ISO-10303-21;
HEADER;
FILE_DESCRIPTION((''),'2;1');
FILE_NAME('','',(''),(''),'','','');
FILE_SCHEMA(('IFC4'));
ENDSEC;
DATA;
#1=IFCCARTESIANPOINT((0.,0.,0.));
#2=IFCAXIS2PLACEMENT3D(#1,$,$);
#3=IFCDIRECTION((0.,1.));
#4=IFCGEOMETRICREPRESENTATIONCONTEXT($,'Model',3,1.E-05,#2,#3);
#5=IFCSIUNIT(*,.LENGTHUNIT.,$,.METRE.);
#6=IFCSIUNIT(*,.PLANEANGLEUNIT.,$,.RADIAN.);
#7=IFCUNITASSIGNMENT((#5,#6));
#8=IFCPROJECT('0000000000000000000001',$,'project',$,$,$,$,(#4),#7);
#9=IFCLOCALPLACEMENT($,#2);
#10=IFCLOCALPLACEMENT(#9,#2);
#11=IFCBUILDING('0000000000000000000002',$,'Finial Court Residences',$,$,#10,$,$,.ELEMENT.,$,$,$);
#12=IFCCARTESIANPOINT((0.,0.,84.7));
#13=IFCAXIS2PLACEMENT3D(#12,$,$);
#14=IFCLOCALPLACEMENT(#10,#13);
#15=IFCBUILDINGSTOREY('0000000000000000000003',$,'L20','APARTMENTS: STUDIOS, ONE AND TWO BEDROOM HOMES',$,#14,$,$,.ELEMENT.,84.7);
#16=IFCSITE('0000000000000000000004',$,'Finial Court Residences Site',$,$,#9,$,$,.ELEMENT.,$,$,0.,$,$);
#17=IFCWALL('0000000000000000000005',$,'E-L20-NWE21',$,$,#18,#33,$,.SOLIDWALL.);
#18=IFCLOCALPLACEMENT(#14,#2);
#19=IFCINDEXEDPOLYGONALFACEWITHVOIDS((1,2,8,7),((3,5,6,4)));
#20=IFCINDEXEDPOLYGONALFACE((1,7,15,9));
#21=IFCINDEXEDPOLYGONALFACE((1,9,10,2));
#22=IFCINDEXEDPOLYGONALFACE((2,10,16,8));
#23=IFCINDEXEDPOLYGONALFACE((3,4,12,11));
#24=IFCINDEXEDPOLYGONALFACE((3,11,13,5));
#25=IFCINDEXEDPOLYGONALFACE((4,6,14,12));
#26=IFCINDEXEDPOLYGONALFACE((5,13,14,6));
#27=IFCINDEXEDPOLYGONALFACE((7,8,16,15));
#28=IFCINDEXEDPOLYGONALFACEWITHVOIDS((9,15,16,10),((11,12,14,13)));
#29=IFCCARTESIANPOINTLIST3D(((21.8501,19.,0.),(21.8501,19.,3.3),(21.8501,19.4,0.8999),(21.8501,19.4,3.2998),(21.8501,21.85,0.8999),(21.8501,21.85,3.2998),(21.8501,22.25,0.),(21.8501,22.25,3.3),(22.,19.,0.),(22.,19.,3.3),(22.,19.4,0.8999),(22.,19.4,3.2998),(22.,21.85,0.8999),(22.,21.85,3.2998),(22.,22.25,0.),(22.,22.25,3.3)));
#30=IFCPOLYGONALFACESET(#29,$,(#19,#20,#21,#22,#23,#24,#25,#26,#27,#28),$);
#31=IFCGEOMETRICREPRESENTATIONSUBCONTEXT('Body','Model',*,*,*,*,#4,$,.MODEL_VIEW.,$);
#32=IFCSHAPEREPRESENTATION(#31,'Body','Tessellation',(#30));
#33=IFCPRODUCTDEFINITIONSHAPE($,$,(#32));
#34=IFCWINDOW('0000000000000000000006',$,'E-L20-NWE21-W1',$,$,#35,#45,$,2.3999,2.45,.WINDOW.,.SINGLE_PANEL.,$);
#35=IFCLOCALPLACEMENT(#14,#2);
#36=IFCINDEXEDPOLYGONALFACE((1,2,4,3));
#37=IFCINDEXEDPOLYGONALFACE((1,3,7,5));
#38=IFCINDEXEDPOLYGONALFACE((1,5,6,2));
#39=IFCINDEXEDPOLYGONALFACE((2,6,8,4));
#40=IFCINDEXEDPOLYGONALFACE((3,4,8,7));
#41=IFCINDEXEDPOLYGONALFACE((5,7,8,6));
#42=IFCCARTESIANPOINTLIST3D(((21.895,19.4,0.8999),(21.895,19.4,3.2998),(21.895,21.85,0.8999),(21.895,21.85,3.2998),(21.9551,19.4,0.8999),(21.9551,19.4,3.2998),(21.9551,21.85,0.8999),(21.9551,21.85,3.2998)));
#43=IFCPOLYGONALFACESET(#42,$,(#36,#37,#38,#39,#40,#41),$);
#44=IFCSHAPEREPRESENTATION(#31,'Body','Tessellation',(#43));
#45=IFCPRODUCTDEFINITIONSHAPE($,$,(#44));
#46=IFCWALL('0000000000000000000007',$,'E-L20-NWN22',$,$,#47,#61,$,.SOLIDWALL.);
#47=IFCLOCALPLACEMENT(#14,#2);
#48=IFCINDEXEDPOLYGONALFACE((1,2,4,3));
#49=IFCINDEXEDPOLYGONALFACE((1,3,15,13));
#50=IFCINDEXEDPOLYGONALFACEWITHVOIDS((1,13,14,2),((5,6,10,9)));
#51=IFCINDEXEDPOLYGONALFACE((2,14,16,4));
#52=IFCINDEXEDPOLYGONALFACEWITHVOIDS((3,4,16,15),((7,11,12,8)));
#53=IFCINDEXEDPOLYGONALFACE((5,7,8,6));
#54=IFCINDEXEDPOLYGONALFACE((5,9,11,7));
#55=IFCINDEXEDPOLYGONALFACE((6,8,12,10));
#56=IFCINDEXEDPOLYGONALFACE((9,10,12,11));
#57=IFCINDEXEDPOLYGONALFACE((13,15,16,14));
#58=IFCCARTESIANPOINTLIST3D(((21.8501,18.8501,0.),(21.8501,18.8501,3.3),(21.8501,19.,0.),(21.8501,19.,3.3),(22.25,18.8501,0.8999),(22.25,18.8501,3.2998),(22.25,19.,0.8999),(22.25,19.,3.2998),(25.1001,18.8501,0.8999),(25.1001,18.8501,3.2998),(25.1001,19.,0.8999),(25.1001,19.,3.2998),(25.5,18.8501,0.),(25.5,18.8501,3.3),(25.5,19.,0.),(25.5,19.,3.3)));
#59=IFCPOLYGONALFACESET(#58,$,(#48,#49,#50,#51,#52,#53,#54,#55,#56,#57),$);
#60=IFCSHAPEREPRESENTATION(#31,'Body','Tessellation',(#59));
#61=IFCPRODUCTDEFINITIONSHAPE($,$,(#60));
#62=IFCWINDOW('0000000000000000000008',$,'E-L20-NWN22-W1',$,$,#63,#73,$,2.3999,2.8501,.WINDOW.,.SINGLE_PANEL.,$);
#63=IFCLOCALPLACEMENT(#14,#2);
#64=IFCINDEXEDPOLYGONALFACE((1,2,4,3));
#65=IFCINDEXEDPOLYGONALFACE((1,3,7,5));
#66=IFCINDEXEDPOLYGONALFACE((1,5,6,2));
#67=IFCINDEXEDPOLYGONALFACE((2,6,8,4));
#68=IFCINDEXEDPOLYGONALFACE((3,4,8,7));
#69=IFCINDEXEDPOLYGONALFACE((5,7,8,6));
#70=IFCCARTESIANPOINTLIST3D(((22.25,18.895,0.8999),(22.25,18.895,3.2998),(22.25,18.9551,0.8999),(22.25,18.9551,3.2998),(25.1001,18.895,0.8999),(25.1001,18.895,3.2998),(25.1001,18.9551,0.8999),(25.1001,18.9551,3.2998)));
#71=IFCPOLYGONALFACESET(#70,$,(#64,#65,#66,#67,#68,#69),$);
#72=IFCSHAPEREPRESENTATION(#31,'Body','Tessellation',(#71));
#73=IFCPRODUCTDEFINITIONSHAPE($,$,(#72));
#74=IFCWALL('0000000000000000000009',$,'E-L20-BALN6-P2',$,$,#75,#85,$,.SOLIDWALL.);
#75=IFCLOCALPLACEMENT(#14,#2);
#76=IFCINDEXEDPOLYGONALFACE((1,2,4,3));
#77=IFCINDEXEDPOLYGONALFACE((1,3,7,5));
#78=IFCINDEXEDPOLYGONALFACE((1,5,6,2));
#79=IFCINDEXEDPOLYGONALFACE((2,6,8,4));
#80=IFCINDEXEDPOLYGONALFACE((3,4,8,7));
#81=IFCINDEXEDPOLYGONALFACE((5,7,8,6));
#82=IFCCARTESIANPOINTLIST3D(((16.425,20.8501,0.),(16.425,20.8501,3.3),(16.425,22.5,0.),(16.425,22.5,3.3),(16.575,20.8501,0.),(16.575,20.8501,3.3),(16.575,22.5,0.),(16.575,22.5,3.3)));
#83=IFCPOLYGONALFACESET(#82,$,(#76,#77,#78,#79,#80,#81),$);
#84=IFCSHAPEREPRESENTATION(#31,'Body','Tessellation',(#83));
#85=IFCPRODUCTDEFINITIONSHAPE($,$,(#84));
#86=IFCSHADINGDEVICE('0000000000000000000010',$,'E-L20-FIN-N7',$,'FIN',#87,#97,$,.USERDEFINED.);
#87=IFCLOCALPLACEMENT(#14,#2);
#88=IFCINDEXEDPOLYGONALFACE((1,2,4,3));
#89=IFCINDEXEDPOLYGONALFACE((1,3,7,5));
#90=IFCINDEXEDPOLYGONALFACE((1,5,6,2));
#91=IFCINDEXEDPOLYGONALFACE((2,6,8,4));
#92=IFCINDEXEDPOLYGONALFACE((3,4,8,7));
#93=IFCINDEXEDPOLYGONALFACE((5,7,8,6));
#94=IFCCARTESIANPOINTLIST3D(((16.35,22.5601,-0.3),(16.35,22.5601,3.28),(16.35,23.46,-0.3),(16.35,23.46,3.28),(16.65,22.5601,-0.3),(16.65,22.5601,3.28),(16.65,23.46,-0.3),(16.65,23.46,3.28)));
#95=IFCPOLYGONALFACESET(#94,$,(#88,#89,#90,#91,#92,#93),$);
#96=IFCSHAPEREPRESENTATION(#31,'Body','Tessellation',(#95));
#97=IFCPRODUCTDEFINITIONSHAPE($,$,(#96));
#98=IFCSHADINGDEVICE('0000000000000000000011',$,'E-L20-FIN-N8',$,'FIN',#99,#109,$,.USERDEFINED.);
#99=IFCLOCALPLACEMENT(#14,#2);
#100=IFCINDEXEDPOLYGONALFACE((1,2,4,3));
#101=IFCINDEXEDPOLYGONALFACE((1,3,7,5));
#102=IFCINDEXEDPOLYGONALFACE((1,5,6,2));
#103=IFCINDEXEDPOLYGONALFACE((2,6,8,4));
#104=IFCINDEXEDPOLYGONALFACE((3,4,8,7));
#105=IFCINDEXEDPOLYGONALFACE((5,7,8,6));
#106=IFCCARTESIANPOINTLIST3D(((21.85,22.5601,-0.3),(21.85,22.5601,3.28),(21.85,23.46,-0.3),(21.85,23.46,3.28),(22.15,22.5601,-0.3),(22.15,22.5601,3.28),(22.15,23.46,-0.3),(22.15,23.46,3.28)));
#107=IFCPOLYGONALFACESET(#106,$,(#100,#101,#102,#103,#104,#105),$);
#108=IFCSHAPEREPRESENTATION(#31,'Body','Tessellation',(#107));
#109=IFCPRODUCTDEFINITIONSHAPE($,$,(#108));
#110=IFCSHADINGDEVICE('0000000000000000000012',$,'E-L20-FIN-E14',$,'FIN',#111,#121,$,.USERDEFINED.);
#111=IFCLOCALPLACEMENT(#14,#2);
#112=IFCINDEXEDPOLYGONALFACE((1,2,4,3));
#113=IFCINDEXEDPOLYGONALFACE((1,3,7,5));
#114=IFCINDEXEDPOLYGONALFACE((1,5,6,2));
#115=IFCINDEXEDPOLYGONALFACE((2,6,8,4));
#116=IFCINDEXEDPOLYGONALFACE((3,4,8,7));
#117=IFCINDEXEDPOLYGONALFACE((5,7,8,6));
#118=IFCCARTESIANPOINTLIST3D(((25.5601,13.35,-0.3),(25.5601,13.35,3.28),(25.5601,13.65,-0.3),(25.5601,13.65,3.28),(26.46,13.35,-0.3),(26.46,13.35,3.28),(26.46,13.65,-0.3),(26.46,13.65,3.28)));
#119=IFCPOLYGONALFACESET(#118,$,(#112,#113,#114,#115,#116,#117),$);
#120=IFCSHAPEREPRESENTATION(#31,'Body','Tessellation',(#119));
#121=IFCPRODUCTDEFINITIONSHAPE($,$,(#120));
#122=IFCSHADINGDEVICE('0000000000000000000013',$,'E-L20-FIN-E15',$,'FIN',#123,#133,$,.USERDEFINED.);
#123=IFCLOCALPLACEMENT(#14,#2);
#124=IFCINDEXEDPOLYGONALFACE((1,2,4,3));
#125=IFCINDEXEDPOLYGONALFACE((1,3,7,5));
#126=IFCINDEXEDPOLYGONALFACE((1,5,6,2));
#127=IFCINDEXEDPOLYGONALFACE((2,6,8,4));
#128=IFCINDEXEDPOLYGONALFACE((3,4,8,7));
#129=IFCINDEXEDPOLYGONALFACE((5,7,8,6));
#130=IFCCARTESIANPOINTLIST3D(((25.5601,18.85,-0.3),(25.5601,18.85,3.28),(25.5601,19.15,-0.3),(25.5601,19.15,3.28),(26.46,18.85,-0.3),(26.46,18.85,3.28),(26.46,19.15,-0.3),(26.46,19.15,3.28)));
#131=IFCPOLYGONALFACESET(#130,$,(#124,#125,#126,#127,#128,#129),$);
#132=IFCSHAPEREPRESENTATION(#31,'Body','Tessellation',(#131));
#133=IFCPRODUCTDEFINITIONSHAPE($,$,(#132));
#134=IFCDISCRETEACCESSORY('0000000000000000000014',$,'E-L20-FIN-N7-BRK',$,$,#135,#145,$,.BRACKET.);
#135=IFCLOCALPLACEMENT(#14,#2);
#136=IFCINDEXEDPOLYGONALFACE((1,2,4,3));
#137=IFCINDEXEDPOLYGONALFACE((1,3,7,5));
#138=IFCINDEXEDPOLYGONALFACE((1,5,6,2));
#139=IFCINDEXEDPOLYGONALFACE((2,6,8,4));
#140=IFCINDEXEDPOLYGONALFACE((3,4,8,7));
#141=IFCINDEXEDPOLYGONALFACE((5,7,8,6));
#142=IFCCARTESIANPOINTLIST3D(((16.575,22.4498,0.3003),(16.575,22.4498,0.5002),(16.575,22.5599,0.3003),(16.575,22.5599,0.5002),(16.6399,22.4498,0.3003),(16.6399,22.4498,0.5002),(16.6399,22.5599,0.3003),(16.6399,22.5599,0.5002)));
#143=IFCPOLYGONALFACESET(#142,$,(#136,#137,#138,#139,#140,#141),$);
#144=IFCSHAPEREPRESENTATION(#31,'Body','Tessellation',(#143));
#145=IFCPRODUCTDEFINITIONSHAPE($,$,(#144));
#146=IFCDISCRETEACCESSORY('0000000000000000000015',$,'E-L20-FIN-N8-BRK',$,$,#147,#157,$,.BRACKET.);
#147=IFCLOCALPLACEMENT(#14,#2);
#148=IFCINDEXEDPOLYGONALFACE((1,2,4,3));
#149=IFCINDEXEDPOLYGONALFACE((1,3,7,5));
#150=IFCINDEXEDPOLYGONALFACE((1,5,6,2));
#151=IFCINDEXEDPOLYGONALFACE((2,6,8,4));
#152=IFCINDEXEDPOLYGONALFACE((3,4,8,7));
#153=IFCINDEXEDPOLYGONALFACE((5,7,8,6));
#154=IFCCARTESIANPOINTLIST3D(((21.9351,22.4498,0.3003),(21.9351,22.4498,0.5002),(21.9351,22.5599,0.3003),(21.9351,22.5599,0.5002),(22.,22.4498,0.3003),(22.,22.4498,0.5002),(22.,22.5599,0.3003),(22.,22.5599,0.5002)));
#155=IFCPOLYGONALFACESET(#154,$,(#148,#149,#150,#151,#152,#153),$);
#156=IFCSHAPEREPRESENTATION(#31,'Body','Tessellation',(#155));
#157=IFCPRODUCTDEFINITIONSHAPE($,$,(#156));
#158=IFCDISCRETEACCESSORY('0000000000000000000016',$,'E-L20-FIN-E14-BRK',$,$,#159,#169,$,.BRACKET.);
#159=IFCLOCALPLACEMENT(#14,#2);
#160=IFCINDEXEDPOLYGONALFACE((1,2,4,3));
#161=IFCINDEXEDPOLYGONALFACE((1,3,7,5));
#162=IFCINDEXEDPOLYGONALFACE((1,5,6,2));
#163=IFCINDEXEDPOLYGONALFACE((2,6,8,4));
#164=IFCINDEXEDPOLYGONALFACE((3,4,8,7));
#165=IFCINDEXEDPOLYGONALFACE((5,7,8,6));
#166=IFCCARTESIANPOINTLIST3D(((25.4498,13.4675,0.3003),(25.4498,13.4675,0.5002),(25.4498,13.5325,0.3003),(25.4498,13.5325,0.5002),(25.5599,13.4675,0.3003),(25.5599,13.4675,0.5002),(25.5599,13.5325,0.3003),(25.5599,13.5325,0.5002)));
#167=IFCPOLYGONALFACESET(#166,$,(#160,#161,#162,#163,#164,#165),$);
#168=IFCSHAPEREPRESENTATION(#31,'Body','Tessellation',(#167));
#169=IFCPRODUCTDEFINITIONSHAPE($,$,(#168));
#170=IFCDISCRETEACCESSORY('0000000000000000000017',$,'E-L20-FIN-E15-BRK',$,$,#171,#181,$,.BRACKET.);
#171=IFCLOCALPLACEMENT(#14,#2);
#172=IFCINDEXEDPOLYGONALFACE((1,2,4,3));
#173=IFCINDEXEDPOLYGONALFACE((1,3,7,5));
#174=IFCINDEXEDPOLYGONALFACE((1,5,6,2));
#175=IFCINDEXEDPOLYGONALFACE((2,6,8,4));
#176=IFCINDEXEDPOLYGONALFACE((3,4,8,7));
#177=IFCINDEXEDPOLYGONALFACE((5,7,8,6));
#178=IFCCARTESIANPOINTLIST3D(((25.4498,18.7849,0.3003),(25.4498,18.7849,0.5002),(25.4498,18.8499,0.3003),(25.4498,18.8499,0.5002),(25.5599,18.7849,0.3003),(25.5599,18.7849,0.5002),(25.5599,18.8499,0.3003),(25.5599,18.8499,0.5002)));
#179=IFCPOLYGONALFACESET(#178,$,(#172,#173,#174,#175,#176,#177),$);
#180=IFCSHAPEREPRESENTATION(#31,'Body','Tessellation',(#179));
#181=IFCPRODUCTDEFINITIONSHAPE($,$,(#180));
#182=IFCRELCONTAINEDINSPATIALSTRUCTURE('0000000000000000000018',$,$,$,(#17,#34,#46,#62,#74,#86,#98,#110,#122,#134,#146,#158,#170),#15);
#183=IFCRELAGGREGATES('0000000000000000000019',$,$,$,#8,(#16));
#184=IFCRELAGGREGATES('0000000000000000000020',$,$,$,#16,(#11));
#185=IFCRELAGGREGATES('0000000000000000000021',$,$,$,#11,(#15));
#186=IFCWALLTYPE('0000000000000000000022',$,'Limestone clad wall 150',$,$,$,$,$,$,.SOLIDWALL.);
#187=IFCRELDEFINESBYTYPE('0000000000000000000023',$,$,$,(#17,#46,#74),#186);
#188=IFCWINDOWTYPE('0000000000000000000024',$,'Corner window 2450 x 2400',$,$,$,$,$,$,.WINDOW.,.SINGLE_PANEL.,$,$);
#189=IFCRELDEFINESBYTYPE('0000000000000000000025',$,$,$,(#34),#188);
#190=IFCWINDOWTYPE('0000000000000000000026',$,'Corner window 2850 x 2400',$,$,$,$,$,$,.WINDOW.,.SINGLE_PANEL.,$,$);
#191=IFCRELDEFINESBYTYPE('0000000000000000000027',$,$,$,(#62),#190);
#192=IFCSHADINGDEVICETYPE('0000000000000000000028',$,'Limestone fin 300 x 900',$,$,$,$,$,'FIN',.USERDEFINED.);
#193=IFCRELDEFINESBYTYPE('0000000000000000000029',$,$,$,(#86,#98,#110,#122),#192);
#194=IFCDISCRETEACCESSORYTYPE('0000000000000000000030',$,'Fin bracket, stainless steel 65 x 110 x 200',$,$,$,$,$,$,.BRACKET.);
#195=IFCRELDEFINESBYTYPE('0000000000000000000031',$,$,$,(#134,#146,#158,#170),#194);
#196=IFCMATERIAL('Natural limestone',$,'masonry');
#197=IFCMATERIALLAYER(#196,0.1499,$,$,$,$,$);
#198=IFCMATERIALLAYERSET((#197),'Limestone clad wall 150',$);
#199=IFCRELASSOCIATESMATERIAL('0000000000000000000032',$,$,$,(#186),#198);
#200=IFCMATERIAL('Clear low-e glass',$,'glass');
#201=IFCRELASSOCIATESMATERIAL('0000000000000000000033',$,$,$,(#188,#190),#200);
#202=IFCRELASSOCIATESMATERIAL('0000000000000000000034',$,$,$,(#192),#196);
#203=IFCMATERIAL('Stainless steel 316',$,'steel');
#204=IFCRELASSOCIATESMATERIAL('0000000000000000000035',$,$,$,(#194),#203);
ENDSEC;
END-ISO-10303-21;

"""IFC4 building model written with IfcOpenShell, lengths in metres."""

from ifc_helpers import new_model, si_unit, direction, frame, frame_2d, origin, origin_2d, place, context, subcontext, project, spatial, rectangle, extrude, material, layer, layer_set, type_object, element, fill, save


model = new_model("IFC4")

# Units and contexts
model_context = context("Model", 3, precision=1e-05, world=origin(), true_north=direction((0.0, 1.0)))
body_context = subcontext(model_context, "Body", "Model", "MODEL_VIEW")
ifc_project = project(units=[si_unit("LENGTHUNIT", "METRE"), si_unit("PLANEANGLEUNIT", "RADIAN")], contexts=[model_context])

# Site, building, storey
site_placement = place(None, origin())
site = spatial("IfcSite", under=ifc_project, at=site_placement, Name="Finial Court Residences Site", CompositionType="ELEMENT", RefElevation=0.0)
building_placement = place(site_placement, origin())
building = spatial("IfcBuilding", under=site, at=building_placement, Name="Finial Court Residences", CompositionType="ELEMENT")
storey_placement = place(building_placement, frame((0.0, 0.0, 84.7)))
storey = spatial("IfcBuildingStorey", under=building, at=storey_placement, Name="L20", Description="APARTMENTS: STUDIOS, ONE AND TWO BEDROOM HOMES", CompositionType="ELEMENT", Elevation=84.7)

# Shared definitions
ifc_material_1 = material(Name="Clear low-e glass", Category="glass")

# Walls, openings, windows
ifc_material_2 = material(Name="Natural limestone", Category="masonry")
ifc_layer_1 = layer(ifc_material_2, 0.1499)
ifc_layer_set_1 = layer_set([ifc_layer_1], Name="Limestone clad wall 150")
wall_type_1 = type_object("IfcWallType", Name="Limestone clad wall 150", PredefinedType="SOLIDWALL", material=ifc_layer_set_1)
wall_1_placement = place(storey_placement, frame((21.925, 22.25, 0.0), z_axis=(0.0, 0.0, 1.0), x_axis=(0.0, -1.0, 0.0)))
wall_1 = element("IfcWall", 1, at=wall_1_placement, inside=storey, type_object=wall_type_1, Name="E-L20-NWE21", PredefinedType="SOLIDWALL", context=body_context, shape_type="SweptSolid", body=[
    extrude(rectangle(XDim=3.25, YDim=0.1499, at=frame_2d((1.625, 0.0))), origin(), (0.0, 0.0, 1.0), 3.3),
])
opening_1_placement = place(wall_1_placement, frame((0.3999, 0.0, 0.8999)))
opening_1 = element("IfcOpeningElement", 2, at=opening_1_placement, cuts=wall_1, PredefinedType="OPENING", context=body_context, shape_type="SweptSolid", body=[
    extrude(rectangle(XDim=2.45, YDim=2.3999, at=frame_2d((1.2251, 1.2))), frame((0.0, 0.085, 0.0), z_axis=(0.0, -1.0, 0.0), x_axis=(1.0, 0.0, 0.0)), (0.0, 0.0, 1.0), 0.1699),
])
window_type_1 = type_object("IfcWindowType", Name="Corner window 2450 x 2400", PartitioningType="SINGLE_PANEL", PredefinedType="WINDOW", material=ifc_material_1)
window_1_placement = place(opening_1_placement, origin())
window_1 = element("IfcWindow", 3, at=window_1_placement, inside=storey, type_object=window_type_1, Name="E-L20-NWE21-W1", OverallHeight=2.3999, OverallWidth=2.45, PartitioningType="SINGLE_PANEL", PredefinedType="WINDOW", context=body_context, shape_type="SweptSolid", body=[
    extrude(rectangle(XDim=2.45, YDim=2.3999, at=frame_2d((1.2251, 1.2))), frame((0.0, 0.03, 0.0), z_axis=(0.0, -1.0, 0.0), x_axis=(1.0, 0.0, 0.0)), (0.0, 0.0, 1.0), 0.0601),
])
fill(opening_1, window_1)
wall_2_placement = place(storey_placement, frame((21.8501, 18.925, 0.0), z_axis=(0.0, 0.0, 1.0), x_axis=(1.0, 0.0, 0.0)))
wall_2 = element("IfcWall", 4, at=wall_2_placement, inside=storey, type_object=wall_type_1, Name="E-L20-NWN22", PredefinedType="SOLIDWALL", context=body_context, shape_type="SweptSolid", body=[
    extrude(rectangle(XDim=3.6499, YDim=0.1499, at=frame_2d((1.825, 0.0))), origin(), (0.0, 0.0, 1.0), 3.3),
])
opening_2_placement = place(wall_2_placement, frame((0.3999, 0.0, 0.8999)))
opening_2 = element("IfcOpeningElement", 5, at=opening_2_placement, cuts=wall_2, PredefinedType="OPENING", context=body_context, shape_type="SweptSolid", body=[
    extrude(rectangle(XDim=2.8501, YDim=2.3999, at=frame_2d((1.425, 1.2))), frame((0.0, 0.085, 0.0), z_axis=(0.0, -1.0, 0.0), x_axis=(1.0, 0.0, 0.0)), (0.0, 0.0, 1.0), 0.1699),
])
window_type_2 = type_object("IfcWindowType", Name="Corner window 2850 x 2400", PartitioningType="SINGLE_PANEL", PredefinedType="WINDOW", material=ifc_material_1)
window_2_placement = place(opening_2_placement, origin())
window_2 = element("IfcWindow", 6, at=window_2_placement, inside=storey, type_object=window_type_2, Name="E-L20-NWN22-W1", OverallHeight=2.3999, OverallWidth=2.8501, PartitioningType="SINGLE_PANEL", PredefinedType="WINDOW", context=body_context, shape_type="SweptSolid", body=[
    extrude(rectangle(XDim=2.8501, YDim=2.3999, at=frame_2d((1.425, 1.2))), frame((0.0, 0.03, 0.0), z_axis=(0.0, -1.0, 0.0), x_axis=(1.0, 0.0, 0.0)), (0.0, 0.0, 1.0), 0.0601),
])
fill(opening_2, window_2)

# Wall
wall_3_placement = place(storey_placement, frame((16.5, 20.8501, 0.0), z_axis=(0.0, 0.0, 1.0), x_axis=(0.0, 1.0, 0.0)))
element("IfcWall", 7, at=wall_3_placement, inside=storey, type_object=wall_type_1, Name="E-L20-BALN6-P2", PredefinedType="SOLIDWALL", context=body_context, shape_type="SweptSolid", body=[
    extrude(rectangle(XDim=1.6499, YDim=0.1499, at=frame_2d((0.825, 0.0))), origin(), (0.0, 0.0, 1.0), 3.3),
])

# Shading devices
shading_device_type = type_object("IfcShadingDeviceType", Name="Limestone fin 300 x 900", ElementType="FIN", PredefinedType="USERDEFINED", material=ifc_material_2)
for number, where, z_axis, x_axis, name in (
    (8, (16.5, 23.01, -0.3), (0.0, 0.0, 1.0), (1.0, 0.0, 0.0), "E-L20-FIN-N7"),
    (9, (22.0, 23.01, -0.3), (0.0, 0.0, 1.0), (1.0, 0.0, 0.0), "E-L20-FIN-N8"),
):
    element("IfcShadingDevice", number, at=place(storey_placement, frame(where, z_axis=z_axis, x_axis=x_axis)), inside=storey, type_object=shading_device_type, Name=name, ObjectType="FIN", PredefinedType="USERDEFINED", context=body_context, shape_type="SweptSolid", body=[
        extrude(rectangle(XDim=0.3, YDim=0.8999, at=origin_2d()), origin(), (0.0, 0.0, 1.0), 3.5801),
    ])
for number, where, z_axis, x_axis, name in (
    (10, (26.01, 13.5, -0.3), (0.0, 0.0, 1.0), (1.0, 0.0, 0.0), "E-L20-FIN-E14"),
    (11, (26.01, 19.0, -0.3), (0.0, 0.0, 1.0), (1.0, 0.0, 0.0), "E-L20-FIN-E15"),
):
    element("IfcShadingDevice", number, at=place(storey_placement, frame(where, z_axis=z_axis, x_axis=x_axis)), inside=storey, type_object=shading_device_type, Name=name, ObjectType="FIN", PredefinedType="USERDEFINED", context=body_context, shape_type="SweptSolid", body=[
        extrude(rectangle(XDim=0.8999, YDim=0.3, at=origin_2d()), origin(), (0.0, 0.0, 1.0), 3.5801),
    ])

# Discrete accessories
ifc_material_3 = material(Name="Stainless steel 316", Category="steel")
discrete_accessory_type = type_object("IfcDiscreteAccessoryType", Name="Fin bracket, stainless steel 65 x 110 x 200", PredefinedType="BRACKET", material=ifc_material_3)
for number, where, z_axis, x_axis, name in (
    (12, (16.6074, 22.5049, 0.3003), (0.0, 0.0, 1.0), (1.0, 0.0, 0.0), "E-L20-FIN-N7-BRK"),
    (13, (21.9675, 22.5049, 0.3003), (0.0, 0.0, 1.0), (1.0, 0.0, 0.0), "E-L20-FIN-N8-BRK"),
):
    element("IfcDiscreteAccessory", number, at=place(storey_placement, frame(where, z_axis=z_axis, x_axis=x_axis)), inside=storey, type_object=discrete_accessory_type, Name=name, PredefinedType="BRACKET", context=body_context, shape_type="SweptSolid", body=[
        extrude(rectangle(XDim=0.0649, YDim=0.1101, at=origin_2d()), origin(), (0.0, 0.0, 1.0), 0.2),
    ])
for number, where, z_axis, x_axis, name in (
    (14, (25.5049, 13.5, 0.3003), (0.0, 0.0, 1.0), (1.0, 0.0, 0.0), "E-L20-FIN-E14-BRK"),
    (15, (25.5049, 18.8174, 0.3003), (0.0, 0.0, 1.0), (1.0, 0.0, 0.0), "E-L20-FIN-E15-BRK"),
):
    element("IfcDiscreteAccessory", number, at=place(storey_placement, frame(where, z_axis=z_axis, x_axis=x_axis)), inside=storey, type_object=discrete_accessory_type, Name=name, PredefinedType="BRACKET", context=body_context, shape_type="SweptSolid", body=[
        extrude(rectangle(XDim=0.1101, YDim=0.0649, at=origin_2d()), origin(), (0.0, 0.0, 1.0), 0.2),
    ])

save(model, "model.ifc")
